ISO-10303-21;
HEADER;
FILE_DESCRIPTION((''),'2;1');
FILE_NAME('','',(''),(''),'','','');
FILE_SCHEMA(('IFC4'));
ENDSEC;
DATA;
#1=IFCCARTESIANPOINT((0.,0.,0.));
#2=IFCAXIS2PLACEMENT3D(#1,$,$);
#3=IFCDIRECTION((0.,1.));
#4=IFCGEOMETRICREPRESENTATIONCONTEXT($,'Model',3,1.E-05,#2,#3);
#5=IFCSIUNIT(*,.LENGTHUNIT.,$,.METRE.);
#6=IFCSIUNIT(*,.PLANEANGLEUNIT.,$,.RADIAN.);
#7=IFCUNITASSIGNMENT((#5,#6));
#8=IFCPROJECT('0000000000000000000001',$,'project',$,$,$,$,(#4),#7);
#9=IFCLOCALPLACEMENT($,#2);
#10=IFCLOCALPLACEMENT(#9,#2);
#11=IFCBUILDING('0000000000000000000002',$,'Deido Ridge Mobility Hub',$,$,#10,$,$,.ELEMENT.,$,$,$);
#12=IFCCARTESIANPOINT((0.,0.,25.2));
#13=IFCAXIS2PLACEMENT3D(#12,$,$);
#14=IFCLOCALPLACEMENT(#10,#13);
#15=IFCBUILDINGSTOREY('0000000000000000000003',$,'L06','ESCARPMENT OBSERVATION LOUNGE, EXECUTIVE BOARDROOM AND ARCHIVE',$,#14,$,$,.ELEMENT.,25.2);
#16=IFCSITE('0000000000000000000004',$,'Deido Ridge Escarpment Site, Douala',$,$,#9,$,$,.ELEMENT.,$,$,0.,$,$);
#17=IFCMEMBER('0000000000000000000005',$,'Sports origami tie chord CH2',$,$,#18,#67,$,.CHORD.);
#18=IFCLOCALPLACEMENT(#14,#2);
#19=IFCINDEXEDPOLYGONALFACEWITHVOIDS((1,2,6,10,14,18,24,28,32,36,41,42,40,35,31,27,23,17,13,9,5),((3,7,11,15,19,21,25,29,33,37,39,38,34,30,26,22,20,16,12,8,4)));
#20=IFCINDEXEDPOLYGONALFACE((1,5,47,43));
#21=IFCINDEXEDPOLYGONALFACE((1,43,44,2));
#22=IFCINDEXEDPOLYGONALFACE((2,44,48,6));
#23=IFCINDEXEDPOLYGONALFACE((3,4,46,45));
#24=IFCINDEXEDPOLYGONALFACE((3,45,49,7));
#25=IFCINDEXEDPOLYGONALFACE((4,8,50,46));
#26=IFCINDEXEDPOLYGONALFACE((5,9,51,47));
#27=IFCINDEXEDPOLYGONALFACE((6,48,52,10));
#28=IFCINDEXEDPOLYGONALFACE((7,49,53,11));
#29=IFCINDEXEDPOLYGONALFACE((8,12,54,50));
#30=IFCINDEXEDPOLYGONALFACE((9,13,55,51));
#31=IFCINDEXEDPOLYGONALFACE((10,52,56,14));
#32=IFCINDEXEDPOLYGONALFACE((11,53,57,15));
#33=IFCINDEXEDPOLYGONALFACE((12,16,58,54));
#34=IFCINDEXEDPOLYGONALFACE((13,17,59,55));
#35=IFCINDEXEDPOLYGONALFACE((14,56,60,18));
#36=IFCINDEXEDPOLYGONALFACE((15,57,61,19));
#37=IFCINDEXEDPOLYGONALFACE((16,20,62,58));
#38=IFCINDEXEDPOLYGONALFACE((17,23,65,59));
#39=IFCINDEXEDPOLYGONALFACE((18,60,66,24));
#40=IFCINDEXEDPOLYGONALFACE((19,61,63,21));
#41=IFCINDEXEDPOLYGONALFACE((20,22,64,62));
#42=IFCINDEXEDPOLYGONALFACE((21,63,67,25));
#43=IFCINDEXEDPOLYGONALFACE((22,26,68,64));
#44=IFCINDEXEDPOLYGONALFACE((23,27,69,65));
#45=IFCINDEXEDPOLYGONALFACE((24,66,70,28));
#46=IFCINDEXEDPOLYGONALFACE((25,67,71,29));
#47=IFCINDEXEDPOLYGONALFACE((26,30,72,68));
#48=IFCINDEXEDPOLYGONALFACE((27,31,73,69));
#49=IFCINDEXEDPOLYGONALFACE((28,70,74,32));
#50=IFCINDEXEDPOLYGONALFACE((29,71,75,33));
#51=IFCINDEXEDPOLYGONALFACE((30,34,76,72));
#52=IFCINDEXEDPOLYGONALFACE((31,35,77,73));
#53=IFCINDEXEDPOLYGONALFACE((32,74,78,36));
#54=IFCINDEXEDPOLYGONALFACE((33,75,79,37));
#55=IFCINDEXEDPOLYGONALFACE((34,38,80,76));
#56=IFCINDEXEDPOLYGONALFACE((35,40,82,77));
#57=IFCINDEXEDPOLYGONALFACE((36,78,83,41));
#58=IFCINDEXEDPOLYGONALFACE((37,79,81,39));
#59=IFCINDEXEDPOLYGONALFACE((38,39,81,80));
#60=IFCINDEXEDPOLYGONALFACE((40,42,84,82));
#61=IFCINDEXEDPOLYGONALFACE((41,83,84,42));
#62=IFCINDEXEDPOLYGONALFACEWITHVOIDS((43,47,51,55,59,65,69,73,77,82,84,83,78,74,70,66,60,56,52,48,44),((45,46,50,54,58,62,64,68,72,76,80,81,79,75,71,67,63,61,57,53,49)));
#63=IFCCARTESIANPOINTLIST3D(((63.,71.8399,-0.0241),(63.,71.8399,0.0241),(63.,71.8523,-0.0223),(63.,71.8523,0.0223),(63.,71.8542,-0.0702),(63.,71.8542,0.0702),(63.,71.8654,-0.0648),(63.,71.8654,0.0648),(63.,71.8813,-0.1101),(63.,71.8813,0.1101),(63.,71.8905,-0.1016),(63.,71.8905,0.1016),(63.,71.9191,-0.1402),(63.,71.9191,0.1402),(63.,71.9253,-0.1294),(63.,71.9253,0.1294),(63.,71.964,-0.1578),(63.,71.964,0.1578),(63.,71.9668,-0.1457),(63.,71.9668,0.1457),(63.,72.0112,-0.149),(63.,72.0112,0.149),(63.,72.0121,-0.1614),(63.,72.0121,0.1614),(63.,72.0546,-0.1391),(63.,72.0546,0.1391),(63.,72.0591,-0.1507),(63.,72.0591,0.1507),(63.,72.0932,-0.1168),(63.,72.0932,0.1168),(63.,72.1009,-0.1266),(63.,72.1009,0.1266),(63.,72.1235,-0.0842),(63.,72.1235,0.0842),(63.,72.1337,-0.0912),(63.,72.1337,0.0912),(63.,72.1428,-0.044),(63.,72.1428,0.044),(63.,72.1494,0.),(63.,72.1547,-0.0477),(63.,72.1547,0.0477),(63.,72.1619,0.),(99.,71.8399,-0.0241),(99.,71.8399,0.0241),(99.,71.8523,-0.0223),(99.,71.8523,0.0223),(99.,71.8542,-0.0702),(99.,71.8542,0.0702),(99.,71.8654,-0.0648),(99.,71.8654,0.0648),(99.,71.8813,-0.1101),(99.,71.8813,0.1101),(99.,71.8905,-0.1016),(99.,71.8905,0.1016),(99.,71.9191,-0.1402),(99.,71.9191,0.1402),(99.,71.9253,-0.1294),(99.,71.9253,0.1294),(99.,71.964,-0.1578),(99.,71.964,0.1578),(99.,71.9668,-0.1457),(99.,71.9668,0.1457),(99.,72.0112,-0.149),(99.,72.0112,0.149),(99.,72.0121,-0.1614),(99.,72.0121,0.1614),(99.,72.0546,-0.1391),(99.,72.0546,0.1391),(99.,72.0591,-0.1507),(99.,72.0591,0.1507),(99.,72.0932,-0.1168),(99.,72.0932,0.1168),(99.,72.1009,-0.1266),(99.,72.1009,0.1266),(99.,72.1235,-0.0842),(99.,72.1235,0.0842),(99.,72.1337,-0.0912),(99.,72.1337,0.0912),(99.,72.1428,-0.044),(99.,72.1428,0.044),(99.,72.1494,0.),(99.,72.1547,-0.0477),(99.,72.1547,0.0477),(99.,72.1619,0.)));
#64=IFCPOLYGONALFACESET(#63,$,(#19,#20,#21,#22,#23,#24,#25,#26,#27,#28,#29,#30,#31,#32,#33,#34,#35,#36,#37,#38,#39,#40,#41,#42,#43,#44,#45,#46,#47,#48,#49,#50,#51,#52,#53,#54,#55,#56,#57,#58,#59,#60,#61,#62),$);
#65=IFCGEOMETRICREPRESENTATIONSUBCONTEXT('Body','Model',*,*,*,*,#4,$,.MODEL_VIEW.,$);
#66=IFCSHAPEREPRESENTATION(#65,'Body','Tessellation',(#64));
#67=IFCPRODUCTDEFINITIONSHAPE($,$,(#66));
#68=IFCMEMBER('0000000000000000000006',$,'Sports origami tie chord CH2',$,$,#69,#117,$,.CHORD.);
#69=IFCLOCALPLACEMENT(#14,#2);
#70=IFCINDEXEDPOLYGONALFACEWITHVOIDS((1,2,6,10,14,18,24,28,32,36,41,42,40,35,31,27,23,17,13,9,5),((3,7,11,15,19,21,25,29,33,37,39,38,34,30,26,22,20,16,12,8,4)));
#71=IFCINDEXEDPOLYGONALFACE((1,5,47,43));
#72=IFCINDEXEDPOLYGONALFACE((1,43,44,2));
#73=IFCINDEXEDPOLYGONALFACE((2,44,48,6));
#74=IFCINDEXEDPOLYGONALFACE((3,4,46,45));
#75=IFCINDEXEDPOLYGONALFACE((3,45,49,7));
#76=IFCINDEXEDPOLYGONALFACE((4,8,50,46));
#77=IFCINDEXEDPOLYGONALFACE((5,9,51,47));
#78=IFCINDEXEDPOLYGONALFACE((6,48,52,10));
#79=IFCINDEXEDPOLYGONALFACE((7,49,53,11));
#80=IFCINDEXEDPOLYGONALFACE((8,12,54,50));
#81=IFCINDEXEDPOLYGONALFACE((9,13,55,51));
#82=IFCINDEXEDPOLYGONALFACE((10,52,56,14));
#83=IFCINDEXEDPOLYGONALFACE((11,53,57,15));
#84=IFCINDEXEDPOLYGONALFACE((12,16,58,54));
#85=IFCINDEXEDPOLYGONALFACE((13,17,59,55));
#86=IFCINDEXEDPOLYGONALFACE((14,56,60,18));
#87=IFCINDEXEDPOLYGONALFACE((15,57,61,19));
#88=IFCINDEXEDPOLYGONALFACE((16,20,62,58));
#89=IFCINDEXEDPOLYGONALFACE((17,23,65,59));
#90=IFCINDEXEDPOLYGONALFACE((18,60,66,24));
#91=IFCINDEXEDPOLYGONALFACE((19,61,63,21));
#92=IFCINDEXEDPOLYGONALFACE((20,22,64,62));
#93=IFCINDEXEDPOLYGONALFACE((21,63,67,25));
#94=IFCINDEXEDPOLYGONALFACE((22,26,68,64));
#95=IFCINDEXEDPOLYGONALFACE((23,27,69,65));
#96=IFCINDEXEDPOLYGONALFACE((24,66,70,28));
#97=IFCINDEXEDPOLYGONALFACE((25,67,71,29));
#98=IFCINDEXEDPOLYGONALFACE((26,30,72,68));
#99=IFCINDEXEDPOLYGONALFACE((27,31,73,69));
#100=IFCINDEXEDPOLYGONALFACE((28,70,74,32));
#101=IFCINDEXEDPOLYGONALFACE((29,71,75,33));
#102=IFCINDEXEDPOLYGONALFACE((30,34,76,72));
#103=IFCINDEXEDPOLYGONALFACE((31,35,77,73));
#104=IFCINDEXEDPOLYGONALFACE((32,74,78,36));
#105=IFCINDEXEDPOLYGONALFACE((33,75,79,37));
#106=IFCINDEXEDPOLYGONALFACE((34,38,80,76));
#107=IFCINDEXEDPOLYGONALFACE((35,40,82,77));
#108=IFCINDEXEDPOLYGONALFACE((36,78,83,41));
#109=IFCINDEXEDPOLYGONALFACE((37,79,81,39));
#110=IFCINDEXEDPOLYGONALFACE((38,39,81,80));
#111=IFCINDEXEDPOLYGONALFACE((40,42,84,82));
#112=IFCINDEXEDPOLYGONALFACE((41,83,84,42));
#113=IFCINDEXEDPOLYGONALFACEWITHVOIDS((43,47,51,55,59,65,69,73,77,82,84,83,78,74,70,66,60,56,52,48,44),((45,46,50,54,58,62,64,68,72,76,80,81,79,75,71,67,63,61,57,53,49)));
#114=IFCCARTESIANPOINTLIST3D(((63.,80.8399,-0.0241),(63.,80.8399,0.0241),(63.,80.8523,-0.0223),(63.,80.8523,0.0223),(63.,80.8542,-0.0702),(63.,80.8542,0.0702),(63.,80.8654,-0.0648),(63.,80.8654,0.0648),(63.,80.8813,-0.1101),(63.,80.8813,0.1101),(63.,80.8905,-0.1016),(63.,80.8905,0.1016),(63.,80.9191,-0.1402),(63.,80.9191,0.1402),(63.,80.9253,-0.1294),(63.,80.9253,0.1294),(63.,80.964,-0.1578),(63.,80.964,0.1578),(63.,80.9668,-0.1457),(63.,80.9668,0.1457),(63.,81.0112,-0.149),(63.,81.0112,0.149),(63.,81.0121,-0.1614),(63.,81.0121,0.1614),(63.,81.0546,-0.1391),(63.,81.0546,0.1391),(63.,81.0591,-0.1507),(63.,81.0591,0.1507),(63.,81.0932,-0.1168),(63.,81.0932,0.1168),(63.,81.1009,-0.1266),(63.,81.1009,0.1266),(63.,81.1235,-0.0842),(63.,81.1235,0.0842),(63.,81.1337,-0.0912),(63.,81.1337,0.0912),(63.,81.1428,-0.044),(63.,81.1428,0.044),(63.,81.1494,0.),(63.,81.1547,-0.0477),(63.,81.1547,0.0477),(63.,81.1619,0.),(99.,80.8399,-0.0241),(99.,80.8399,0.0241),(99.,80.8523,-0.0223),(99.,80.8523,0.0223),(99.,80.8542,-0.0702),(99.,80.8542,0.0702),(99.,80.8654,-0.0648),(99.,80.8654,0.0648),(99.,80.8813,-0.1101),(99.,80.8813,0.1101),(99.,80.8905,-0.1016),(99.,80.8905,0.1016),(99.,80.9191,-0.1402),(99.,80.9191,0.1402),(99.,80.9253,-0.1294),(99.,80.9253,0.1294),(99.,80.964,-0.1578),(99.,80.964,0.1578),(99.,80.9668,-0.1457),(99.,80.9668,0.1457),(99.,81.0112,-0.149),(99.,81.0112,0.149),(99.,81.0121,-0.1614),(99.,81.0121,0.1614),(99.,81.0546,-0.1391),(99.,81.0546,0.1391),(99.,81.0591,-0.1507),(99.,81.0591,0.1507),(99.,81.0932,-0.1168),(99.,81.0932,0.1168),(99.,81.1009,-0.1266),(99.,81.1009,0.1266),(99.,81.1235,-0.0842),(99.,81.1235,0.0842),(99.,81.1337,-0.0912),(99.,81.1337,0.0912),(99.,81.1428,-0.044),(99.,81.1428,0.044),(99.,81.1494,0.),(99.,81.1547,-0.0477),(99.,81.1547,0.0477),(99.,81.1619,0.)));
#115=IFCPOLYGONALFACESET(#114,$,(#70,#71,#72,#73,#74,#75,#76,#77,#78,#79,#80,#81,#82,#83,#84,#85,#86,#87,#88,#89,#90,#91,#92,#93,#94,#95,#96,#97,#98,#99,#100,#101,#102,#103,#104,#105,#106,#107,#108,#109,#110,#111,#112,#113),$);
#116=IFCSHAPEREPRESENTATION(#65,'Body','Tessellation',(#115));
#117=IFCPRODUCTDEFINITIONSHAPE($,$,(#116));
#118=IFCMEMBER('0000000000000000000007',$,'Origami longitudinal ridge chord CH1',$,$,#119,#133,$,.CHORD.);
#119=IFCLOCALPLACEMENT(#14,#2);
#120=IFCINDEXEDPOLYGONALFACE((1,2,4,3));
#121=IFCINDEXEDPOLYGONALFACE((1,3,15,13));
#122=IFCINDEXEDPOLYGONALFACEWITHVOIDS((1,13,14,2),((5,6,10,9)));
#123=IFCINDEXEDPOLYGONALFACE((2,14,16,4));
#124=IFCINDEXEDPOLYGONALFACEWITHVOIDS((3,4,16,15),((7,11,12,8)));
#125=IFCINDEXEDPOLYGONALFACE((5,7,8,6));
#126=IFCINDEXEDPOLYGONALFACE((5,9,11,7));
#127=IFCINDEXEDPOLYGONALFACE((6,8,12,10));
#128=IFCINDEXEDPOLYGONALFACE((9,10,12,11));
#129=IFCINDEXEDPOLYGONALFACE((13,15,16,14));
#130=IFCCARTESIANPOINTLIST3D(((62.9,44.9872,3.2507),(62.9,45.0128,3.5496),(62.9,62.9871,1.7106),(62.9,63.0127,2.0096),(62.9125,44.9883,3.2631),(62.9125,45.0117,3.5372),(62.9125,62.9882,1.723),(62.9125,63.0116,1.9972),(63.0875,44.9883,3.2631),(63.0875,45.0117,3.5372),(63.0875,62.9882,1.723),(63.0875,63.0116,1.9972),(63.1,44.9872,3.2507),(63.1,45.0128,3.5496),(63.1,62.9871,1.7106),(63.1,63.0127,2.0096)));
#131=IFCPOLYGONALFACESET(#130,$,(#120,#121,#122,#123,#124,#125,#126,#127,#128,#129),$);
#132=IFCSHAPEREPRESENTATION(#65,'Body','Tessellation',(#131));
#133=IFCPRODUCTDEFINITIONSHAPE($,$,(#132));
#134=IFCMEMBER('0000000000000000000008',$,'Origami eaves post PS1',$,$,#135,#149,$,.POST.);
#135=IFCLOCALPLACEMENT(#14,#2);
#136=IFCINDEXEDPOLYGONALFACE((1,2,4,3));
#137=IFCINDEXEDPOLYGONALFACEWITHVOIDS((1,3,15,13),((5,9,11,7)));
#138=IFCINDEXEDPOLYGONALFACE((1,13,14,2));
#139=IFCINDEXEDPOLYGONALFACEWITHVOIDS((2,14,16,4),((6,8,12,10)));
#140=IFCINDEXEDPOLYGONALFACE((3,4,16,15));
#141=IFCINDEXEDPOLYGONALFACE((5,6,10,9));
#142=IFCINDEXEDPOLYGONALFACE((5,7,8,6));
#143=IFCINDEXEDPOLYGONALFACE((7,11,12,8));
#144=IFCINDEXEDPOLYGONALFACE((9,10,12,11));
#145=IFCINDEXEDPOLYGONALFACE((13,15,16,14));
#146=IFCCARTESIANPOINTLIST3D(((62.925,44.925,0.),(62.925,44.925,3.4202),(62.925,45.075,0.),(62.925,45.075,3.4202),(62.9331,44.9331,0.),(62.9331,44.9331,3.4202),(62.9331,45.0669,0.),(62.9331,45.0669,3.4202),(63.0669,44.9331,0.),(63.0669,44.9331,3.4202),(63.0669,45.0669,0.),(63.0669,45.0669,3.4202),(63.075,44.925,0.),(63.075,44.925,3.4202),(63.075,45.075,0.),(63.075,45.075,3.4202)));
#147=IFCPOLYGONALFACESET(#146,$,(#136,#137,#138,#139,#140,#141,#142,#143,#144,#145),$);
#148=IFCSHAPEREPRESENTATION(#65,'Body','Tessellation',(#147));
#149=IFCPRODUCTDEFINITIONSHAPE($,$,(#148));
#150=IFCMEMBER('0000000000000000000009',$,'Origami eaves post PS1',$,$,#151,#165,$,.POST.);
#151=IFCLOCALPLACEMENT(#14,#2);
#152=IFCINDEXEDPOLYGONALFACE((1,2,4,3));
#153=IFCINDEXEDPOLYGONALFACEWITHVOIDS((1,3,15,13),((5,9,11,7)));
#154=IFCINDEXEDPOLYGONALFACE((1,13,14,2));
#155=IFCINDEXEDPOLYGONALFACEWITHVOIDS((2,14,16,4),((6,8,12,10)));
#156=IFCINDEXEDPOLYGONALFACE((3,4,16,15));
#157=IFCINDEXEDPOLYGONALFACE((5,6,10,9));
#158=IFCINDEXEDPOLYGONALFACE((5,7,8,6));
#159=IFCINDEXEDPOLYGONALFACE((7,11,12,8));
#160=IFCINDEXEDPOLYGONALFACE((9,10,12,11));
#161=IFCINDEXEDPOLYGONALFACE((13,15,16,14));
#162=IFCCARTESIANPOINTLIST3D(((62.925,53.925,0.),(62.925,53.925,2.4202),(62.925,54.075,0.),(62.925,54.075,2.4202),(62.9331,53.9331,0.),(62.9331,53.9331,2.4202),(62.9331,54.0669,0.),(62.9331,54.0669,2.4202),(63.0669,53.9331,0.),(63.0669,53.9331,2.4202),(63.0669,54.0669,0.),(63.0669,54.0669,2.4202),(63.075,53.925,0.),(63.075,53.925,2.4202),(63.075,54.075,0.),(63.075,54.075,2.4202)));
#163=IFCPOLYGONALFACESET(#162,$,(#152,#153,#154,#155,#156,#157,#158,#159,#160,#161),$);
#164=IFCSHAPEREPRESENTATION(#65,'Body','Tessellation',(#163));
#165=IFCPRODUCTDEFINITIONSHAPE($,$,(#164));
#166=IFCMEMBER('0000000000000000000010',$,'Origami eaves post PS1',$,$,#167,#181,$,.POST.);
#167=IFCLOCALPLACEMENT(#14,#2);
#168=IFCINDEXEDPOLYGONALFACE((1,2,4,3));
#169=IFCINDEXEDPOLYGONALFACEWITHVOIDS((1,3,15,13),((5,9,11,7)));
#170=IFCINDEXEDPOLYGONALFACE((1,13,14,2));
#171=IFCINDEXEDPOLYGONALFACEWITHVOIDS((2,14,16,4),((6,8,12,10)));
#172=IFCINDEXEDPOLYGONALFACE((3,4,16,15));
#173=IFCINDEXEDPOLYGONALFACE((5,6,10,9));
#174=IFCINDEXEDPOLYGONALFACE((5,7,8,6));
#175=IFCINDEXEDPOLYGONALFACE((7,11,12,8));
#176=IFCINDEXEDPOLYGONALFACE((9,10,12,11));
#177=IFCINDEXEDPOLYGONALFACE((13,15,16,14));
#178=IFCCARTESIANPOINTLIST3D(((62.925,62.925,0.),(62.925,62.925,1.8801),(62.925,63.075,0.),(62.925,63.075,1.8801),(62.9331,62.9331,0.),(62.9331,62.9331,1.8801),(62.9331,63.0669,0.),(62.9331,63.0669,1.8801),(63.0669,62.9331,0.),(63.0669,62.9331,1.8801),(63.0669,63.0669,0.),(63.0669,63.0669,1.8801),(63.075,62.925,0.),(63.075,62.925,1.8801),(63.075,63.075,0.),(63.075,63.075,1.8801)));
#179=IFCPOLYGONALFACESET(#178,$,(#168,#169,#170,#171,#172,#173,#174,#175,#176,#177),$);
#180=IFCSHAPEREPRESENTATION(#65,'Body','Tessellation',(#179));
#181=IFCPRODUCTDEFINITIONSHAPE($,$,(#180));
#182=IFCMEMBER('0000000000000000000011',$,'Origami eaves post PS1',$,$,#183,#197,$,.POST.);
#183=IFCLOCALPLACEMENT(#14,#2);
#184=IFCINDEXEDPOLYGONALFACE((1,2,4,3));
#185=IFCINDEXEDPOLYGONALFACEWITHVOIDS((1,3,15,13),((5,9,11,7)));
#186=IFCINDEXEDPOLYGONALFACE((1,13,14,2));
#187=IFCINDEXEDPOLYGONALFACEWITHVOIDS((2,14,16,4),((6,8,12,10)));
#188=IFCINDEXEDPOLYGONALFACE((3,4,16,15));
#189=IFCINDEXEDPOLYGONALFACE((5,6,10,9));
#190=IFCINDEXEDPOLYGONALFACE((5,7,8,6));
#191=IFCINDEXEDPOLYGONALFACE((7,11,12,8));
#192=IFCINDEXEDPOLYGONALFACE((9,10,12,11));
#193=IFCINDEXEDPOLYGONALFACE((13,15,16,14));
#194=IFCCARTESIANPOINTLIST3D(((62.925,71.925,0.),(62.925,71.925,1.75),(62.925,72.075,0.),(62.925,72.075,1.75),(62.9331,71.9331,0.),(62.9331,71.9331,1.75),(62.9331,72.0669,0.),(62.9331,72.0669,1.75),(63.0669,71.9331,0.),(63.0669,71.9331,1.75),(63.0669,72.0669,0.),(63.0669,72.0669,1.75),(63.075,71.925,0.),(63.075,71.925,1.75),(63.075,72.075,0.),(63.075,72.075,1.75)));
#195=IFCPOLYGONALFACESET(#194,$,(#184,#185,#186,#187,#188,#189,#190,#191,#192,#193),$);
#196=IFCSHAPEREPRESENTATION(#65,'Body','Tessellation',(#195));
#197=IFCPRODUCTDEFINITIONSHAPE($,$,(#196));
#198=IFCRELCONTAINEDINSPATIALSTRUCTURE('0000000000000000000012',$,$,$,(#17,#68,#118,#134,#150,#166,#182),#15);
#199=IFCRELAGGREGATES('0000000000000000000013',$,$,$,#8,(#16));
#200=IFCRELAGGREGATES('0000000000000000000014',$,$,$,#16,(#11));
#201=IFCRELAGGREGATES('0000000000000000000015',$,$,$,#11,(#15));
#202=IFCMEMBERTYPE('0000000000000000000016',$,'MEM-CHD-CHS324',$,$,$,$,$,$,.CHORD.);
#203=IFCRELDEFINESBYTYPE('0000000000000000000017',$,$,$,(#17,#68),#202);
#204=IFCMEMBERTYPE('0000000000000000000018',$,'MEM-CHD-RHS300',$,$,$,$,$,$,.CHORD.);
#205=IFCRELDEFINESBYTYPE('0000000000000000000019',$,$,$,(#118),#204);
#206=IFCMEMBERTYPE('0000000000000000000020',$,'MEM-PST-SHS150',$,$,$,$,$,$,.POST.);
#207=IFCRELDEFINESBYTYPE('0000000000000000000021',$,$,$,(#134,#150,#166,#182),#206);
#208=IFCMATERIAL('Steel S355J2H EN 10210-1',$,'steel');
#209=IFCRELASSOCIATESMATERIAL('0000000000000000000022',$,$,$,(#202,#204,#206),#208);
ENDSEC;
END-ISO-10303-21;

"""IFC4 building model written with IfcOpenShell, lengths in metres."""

from ifc_helpers import new_model, si_unit, direction, frame, origin, origin_2d, place, context, subcontext, project, spatial, hollow_rectangle, hollow_circle, extrude, material, material_profile, profile_set, type_object, element, save


model = new_model("IFC4")

# Units and contexts
model_context = context("Model", 3, precision=1e-05, world=origin(), true_north=direction((0.0, 1.0)))
body_context = subcontext(model_context, "Body", "Model", "MODEL_VIEW")
ifc_project = project(units=[si_unit("LENGTHUNIT", "METRE"), si_unit("PLANEANGLEUNIT", "RADIAN")], contexts=[model_context])

# Site, building, storey
site_placement = place(None, origin())
site = spatial("IfcSite", under=ifc_project, at=site_placement, Name="Deido Ridge Escarpment Site, Douala", CompositionType="ELEMENT", RefElevation=0.0)
building_placement = place(site_placement, origin())
building = spatial("IfcBuilding", under=site, at=building_placement, Name="Deido Ridge Mobility Hub", CompositionType="ELEMENT")
storey_placement = place(building_placement, frame((0.0, 0.0, 25.2)))
storey = spatial("IfcBuildingStorey", under=building, at=storey_placement, Name="L06", Description="ESCARPMENT OBSERVATION LOUNGE, EXECUTIVE BOARDROOM AND ARCHIVE", CompositionType="ELEMENT", Elevation=25.2)

# Members
ifc_material_1 = material(Name="Steel S355J2H EN 10210-1", Category="steel")
ifc_material_profile_1 = material_profile(ifc_material_1, hollow_circle(Radius=0.1619, WallThickness=0.0125, at=origin_2d()), Name="CHS 323.9x12.5")
ifc_profile_set_1 = profile_set([ifc_material_profile_1], Name="Steel S355J2H EN 10210-1")
member_type_1 = type_object("IfcMemberType", Name="MEM-CHD-CHS324", PredefinedType="CHORD", material=ifc_profile_set_1)
for number, where, z_axis, x_axis, name in (
    (1, (63.0, 72.0, 0.0), (1.0, 0.0, 0.0), (0.0, 1.0, 0.0), "Sports origami tie chord CH2"),
    (2, (63.0, 81.0, 0.0), (1.0, 0.0, 0.0), (0.0, 1.0, 0.0), "Sports origami tie chord CH2"),
):
    element("IfcMember", number, at=place(storey_placement, frame(where, z_axis=z_axis, x_axis=x_axis)), inside=storey, type_object=member_type_1, Name=name, PredefinedType="CHORD", context=body_context, shape_type="SweptSolid", body=[
        extrude(hollow_circle(Radius=0.1619, WallThickness=0.0125, at=origin_2d()), origin(), (0.0, 0.0, 1.0), 36.0),
    ])
ifc_material_profile_2 = material_profile(ifc_material_1, hollow_rectangle(XDim=0.2, YDim=0.3, WallThickness=0.0125, at=origin_2d()), Name="RHS 300x200x12.5")
ifc_profile_set_2 = profile_set([ifc_material_profile_2], Name="Steel S355J2H EN 10210-1")
member_type_2 = type_object("IfcMemberType", Name="MEM-CHD-RHS300", PredefinedType="CHORD", material=ifc_profile_set_2)
member_1_placement = place(storey_placement, frame((63.0, 45.0, 3.4001), z_axis=(0.0, 0.99636, -0.085246), x_axis=(-1.0, 0.0, 0.0)))
element("IfcMember", 3, at=member_1_placement, inside=storey, type_object=member_type_2, Name="Origami longitudinal ridge chord CH1", PredefinedType="CHORD", context=body_context, shape_type="SweptSolid", body=[
    extrude(hollow_rectangle(XDim=0.2, YDim=0.3, WallThickness=0.0125, at=origin_2d()), origin(), (0.0, 0.0, 1.0), 18.0657),
])
ifc_material_profile_3 = material_profile(ifc_material_1, hollow_rectangle(XDim=0.1499, YDim=0.1499, WallThickness=0.0081, at=origin_2d()), Name="SHS 150x150x8")
ifc_profile_set_3 = profile_set([ifc_material_profile_3], Name="Steel S355J2H EN 10210-1")
member_type_3 = type_object("IfcMemberType", Name="MEM-PST-SHS150", PredefinedType="POST", material=ifc_profile_set_3)
member_2_placement = place(storey_placement, frame((63.0, 45.0, 0.0), z_axis=(0.0, 0.0, 1.0), x_axis=(1.0, 0.0, 0.0)))
element("IfcMember", 4, at=member_2_placement, inside=storey, type_object=member_type_3, Name="Origami eaves post PS1", PredefinedType="POST", context=body_context, shape_type="SweptSolid", body=[
    extrude(hollow_rectangle(XDim=0.1499, YDim=0.1499, WallThickness=0.0081, at=origin_2d()), origin(), (0.0, 0.0, 1.0), 3.4202),
])
member_3_placement = place(storey_placement, frame((63.0, 54.0, 0.0), z_axis=(0.0, 0.0, 1.0), x_axis=(1.0, 0.0, 0.0)))
element("IfcMember", 5, at=member_3_placement, inside=storey, type_object=member_type_3, Name="Origami eaves post PS1", PredefinedType="POST", context=body_context, shape_type="SweptSolid", body=[
    extrude(hollow_rectangle(XDim=0.1499, YDim=0.1499, WallThickness=0.0081, at=origin_2d()), origin(), (0.0, 0.0, 1.0), 2.4202),
])
member_4_placement = place(storey_placement, frame((63.0, 63.0, 0.0), z_axis=(0.0, 0.0, 1.0), x_axis=(1.0, 0.0, 0.0)))
element("IfcMember", 6, at=member_4_placement, inside=storey, type_object=member_type_3, Name="Origami eaves post PS1", PredefinedType="POST", context=body_context, shape_type="SweptSolid", body=[
    extrude(hollow_rectangle(XDim=0.1499, YDim=0.1499, WallThickness=0.0081, at=origin_2d()), origin(), (0.0, 0.0, 1.0), 1.8801),
])
member_5_placement = place(storey_placement, frame((63.0, 72.0, 0.0), z_axis=(0.0, 0.0, 1.0), x_axis=(1.0, 0.0, 0.0)))
element("IfcMember", 7, at=member_5_placement, inside=storey, type_object=member_type_3, Name="Origami eaves post PS1", PredefinedType="POST", context=body_context, shape_type="SweptSolid", body=[
    extrude(hollow_rectangle(XDim=0.1499, YDim=0.1499, WallThickness=0.0081, at=origin_2d()), origin(), (0.0, 0.0, 1.0), 1.75),
])

save(model, "model.ifc")
